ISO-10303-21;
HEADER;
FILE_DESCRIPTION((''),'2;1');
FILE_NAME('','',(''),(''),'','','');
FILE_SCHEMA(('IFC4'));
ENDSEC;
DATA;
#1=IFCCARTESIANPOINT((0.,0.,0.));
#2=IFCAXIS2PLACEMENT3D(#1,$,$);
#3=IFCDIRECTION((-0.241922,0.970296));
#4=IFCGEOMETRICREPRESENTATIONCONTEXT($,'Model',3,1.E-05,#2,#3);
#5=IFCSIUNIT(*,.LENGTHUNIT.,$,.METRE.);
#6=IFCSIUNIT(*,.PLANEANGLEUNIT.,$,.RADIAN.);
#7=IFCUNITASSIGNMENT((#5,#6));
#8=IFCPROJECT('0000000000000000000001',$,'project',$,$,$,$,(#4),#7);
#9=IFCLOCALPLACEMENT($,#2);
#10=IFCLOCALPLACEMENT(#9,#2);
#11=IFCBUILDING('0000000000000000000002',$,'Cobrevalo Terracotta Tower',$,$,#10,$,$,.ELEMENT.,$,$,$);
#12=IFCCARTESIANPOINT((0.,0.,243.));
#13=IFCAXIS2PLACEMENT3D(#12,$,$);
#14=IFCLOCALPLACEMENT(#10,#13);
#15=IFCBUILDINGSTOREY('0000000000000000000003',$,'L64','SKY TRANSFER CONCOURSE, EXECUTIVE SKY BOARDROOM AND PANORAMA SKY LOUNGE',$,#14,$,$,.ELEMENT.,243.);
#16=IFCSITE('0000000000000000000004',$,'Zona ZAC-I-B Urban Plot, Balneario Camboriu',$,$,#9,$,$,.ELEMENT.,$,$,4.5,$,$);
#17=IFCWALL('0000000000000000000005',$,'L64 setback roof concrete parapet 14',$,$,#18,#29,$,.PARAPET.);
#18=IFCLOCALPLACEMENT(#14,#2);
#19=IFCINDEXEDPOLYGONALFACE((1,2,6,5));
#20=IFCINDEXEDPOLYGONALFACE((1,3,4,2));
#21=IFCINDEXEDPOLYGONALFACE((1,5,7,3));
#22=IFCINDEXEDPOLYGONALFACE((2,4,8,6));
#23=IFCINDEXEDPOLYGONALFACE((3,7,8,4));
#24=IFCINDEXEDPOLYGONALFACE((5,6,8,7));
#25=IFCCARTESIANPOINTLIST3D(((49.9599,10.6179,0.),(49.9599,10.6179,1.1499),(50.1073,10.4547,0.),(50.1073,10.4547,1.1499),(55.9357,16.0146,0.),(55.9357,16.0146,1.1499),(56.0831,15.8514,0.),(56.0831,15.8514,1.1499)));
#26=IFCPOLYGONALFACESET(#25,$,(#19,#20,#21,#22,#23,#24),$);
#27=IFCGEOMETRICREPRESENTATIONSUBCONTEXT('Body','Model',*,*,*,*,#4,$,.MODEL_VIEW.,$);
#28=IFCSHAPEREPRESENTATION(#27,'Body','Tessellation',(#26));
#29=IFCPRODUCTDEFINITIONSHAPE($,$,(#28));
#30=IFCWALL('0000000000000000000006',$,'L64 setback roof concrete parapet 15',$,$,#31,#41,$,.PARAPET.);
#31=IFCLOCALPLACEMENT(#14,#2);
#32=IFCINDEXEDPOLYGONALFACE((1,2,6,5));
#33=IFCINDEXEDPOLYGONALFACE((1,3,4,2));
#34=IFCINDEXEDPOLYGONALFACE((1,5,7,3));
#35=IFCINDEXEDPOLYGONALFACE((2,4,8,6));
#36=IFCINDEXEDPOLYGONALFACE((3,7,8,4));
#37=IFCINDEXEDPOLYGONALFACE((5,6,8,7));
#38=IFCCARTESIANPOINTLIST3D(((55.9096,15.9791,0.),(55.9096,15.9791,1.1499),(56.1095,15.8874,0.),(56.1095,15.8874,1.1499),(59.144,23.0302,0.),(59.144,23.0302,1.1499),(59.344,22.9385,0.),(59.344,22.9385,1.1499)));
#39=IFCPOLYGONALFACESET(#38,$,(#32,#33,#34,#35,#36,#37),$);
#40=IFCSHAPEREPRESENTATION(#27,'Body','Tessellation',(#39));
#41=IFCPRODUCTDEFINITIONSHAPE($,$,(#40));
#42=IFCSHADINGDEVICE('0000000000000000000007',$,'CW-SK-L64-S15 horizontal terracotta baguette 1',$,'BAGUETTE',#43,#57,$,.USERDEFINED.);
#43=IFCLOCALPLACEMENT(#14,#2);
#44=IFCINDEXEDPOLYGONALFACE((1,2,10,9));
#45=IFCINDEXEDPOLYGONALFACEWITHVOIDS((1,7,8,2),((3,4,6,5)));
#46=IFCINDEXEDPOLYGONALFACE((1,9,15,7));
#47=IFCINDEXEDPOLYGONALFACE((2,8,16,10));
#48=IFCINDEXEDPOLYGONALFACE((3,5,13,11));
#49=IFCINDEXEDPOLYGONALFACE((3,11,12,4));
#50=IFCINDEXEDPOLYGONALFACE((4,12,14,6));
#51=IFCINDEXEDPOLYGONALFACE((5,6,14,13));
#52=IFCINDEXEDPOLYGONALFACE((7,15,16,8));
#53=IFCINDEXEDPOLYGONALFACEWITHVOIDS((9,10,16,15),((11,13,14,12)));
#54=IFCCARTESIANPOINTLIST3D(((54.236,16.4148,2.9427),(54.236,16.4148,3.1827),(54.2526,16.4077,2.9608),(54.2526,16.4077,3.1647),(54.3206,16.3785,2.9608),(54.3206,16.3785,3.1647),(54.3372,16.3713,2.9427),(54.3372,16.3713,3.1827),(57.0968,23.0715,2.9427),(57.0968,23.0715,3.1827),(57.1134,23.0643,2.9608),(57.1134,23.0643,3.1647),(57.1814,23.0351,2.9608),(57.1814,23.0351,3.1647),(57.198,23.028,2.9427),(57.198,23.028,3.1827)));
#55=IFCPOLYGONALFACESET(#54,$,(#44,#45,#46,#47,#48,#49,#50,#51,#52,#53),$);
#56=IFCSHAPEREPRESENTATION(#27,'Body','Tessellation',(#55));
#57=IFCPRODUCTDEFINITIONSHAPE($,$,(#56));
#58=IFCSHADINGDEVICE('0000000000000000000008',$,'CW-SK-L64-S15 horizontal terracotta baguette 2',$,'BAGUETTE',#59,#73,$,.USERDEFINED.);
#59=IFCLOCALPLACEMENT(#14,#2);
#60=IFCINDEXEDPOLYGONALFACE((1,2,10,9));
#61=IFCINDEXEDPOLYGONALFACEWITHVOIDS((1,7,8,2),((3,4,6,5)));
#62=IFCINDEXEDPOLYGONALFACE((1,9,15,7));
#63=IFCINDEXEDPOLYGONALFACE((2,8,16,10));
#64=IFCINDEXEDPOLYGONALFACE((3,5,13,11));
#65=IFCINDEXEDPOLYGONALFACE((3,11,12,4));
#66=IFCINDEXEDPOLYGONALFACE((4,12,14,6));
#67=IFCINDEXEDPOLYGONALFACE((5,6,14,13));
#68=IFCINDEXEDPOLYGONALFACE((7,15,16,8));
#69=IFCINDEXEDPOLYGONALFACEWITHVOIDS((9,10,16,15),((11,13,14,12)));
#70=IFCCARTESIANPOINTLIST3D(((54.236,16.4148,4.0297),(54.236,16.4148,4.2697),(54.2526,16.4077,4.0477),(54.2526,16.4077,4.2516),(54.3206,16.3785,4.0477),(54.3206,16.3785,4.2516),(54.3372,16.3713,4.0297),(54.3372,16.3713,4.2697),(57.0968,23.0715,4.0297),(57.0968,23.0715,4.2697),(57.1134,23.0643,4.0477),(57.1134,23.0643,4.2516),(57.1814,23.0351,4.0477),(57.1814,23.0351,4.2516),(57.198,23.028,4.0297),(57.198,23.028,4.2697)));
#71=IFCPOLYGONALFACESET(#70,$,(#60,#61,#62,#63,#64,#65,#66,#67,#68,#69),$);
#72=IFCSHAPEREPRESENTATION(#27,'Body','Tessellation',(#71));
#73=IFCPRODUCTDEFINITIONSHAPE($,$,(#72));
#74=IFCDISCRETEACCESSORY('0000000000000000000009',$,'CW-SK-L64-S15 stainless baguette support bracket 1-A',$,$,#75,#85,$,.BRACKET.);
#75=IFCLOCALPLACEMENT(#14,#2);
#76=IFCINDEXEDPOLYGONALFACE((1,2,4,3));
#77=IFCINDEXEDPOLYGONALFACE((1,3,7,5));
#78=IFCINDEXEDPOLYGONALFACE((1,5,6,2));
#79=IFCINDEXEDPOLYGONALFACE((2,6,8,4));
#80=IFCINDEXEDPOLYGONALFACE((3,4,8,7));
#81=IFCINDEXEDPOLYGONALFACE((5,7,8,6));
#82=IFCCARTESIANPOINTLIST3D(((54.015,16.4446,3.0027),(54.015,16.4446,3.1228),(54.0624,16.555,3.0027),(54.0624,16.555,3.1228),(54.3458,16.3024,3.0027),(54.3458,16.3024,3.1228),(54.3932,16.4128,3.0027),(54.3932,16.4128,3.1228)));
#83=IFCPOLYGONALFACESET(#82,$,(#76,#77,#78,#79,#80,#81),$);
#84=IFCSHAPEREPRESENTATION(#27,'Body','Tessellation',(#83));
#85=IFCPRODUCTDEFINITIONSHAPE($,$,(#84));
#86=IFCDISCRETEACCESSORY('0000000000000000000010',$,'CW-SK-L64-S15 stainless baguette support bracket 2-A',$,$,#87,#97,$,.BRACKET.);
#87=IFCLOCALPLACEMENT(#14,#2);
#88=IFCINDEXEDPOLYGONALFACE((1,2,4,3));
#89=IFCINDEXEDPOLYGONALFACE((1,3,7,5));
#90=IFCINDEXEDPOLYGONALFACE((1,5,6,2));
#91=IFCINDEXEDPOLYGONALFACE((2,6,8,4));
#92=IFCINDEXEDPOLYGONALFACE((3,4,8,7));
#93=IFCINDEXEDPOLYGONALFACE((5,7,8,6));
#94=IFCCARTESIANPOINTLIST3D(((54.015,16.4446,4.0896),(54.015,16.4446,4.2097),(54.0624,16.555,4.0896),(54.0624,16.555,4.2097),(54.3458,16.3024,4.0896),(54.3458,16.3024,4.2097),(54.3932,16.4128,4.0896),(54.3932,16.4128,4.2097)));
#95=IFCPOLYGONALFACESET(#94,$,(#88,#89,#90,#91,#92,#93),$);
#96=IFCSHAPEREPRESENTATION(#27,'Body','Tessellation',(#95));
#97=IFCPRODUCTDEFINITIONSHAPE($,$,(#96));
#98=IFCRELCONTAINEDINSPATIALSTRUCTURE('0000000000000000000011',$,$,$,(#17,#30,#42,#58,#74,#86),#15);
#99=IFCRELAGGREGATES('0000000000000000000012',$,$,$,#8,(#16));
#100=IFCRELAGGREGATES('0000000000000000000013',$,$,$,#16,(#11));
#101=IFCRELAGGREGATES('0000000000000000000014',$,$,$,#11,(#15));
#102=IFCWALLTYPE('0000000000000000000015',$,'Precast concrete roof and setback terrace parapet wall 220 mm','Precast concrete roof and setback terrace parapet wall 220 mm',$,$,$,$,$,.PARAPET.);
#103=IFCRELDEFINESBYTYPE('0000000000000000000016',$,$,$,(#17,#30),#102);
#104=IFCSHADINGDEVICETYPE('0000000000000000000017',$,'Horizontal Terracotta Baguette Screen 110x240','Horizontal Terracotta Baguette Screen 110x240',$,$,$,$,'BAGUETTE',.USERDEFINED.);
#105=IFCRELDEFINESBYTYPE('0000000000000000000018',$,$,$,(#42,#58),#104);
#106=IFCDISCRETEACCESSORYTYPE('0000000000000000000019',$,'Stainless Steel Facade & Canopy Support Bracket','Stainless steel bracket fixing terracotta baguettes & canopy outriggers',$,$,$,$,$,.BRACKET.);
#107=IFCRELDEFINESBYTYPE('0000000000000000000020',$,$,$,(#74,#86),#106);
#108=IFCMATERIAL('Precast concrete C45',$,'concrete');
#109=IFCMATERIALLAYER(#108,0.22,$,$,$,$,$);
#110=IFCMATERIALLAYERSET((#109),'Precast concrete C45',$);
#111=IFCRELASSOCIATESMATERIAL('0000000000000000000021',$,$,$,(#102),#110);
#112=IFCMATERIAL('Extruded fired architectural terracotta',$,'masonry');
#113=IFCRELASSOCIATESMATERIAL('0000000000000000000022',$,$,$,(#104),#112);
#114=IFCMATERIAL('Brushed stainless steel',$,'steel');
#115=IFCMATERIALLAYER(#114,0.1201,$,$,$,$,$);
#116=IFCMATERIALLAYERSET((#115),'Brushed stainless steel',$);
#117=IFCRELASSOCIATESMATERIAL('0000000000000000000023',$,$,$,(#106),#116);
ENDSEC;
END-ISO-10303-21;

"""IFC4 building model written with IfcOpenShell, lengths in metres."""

from ifc_helpers import new_model, si_unit, direction, frame, frame_2d, origin, origin_2d, place, context, subcontext, project, spatial, rectangle, hollow_rectangle, extrude, source, transform, mapped, material, layer, layer_set, material_profile, profile_set, type_object, element, save


model = new_model("IFC4")

# Units and contexts
model_context = context("Model", 3, precision=1e-05, world=origin(), true_north=direction((-0.241922, 0.970296)))
body_context = subcontext(model_context, "Body", "Model", "MODEL_VIEW")
ifc_project = project(units=[si_unit("LENGTHUNIT", "METRE"), si_unit("PLANEANGLEUNIT", "RADIAN")], contexts=[model_context])

# Site, building, storey
site_placement = place(None, origin())
site = spatial("IfcSite", under=ifc_project, at=site_placement, Name="Zona ZAC-I-B Urban Plot, Balneario Camboriu", CompositionType="ELEMENT", RefElevation=4.5)
building_placement = place(site_placement, origin())
building = spatial("IfcBuilding", under=site, at=building_placement, Name="Cobrevalo Terracotta Tower", CompositionType="ELEMENT")
storey_placement = place(building_placement, frame((0.0, 0.0, 243.0)))
storey = spatial("IfcBuildingStorey", under=building, at=storey_placement, Name="L64", Description="SKY TRANSFER CONCOURSE, EXECUTIVE SKY BOARDROOM AND PANORAMA SKY LOUNGE", CompositionType="ELEMENT", Elevation=243.0)

# Walls
ifc_material_1 = material(Name="Precast concrete C45", Category="concrete")
ifc_layer_1 = layer(ifc_material_1, 0.22)
ifc_layer_set_1 = layer_set([ifc_layer_1], Name="Precast concrete C45")
wall_type_1 = type_object("IfcWallType", Name="Precast concrete roof and setback terrace parapet wall 220 mm", Description="Precast concrete roof and setback terrace parapet wall 220 mm", PredefinedType="PARAPET", material=ifc_layer_set_1)
wall_1_placement = place(storey_placement, frame((50.0337, 10.5364, 0.0), z_axis=(0.0, 0.0, 1.0), x_axis=(0.742152, 0.670232, 0.0)))
element("IfcWall", 1, at=wall_1_placement, inside=storey, type_object=wall_type_1, Name="L64 setback roof concrete parapet 14", PredefinedType="PARAPET", context=body_context, shape_type="SweptSolid", body=[
    extrude(rectangle(XDim=8.052, YDim=0.22, at=frame_2d((4.0259, 0.0))), origin(), (0.0, 0.0, 1.0), 1.1499),
])
wall_2_placement = place(storey_placement, frame((56.0095, 15.9331, 0.0), z_axis=(0.0, 0.0, 1.0), x_axis=(0.416938, 0.908935, 0.0)))
element("IfcWall", 2, at=wall_2_placement, inside=storey, type_object=wall_type_1, Name="L64 setback roof concrete parapet 15", PredefinedType="PARAPET", context=body_context, shape_type="SweptSolid", body=[
    extrude(rectangle(XDim=7.7576, YDim=0.22, at=frame_2d((3.8789, 0.0))), origin(), (0.0, 0.0, 1.0), 1.1499),
])

# Shading devices
ifc_material_2 = material(Name="Extruded fired architectural terracotta", Category="masonry")
ifc_material_profile_1 = material_profile(ifc_material_2, hollow_rectangle(XDim=0.1101, YDim=0.24, WallThickness=0.0181, at=origin_2d()), Name="BAGUETTE 110x240")
ifc_profile_set_1 = profile_set([ifc_material_profile_1], Name="Extruded fired architectural terracotta")
shading_device_type = type_object("IfcShadingDeviceType", Name="Horizontal Terracotta Baguette Screen 110x240", Description="Horizontal Terracotta Baguette Screen 110x240", ElementType="BAGUETTE", PredefinedType="USERDEFINED", material=ifc_profile_set_1)
shared_shape_1 = source(origin(), body_context, "Body", "SweptSolid", [
    extrude(hollow_rectangle(XDim=0.1101, YDim=0.24, WallThickness=0.0181, at=origin_2d()), origin(), (0.0, 0.0, 1.0), 7.2454),
])
for number, where, z_axis, x_axis, name in (
    (3, (54.2866, 16.3931, 3.0627), (0.394846, 0.918747, 0.0), (-0.918747, 0.394846, 0.0), "CW-SK-L64-S15 horizontal terracotta baguette 1"),
    (4, (54.2866, 16.3931, 4.1497), (0.394846, 0.918747, 0.0), (-0.918747, 0.394846, 0.0), "CW-SK-L64-S15 horizontal terracotta baguette 2"),
):
    element("IfcShadingDevice", number, at=place(storey_placement, frame(where, z_axis=z_axis, x_axis=x_axis)), inside=storey, type_object=shading_device_type, Name=name, ObjectType="BAGUETTE", PredefinedType="USERDEFINED", context=body_context, shape_type="MappedRepresentation", body=[
        mapped(shared_shape_1, transform((0.0, 0.0, 0.0), scale=1.0)),
    ])

# Discrete accessories
ifc_material_3 = material(Name="Brushed stainless steel", Category="steel")
ifc_layer_2 = layer(ifc_material_3, 0.1201)
ifc_layer_set_2 = layer_set([ifc_layer_2], Name="Brushed stainless steel")
discrete_accessory_type = type_object("IfcDiscreteAccessoryType", Name="Stainless Steel Facade & Canopy Support Bracket", Description="Stainless steel bracket fixing terracotta baguettes & canopy outriggers", PredefinedType="BRACKET", material=ifc_layer_set_2)
shared_shape_2 = source(origin(), body_context, "Body", "SweptSolid", [
    extrude(rectangle(XDim=0.1201, YDim=0.3601, at=origin_2d()), origin(), (0.0, 0.0, 1.0), 0.1201),
])
for number, where, z_axis, x_axis, name in (
    (5, (54.2041, 16.4287, 3.0027), (0.0, 0.0, 1.0), (0.394829, 0.918755, 0.0), "CW-SK-L64-S15 stainless baguette support bracket 1-A"),
    (6, (54.2041, 16.4287, 4.0896), (0.0, 0.0, 1.0), (0.394829, 0.918755, 0.0), "CW-SK-L64-S15 stainless baguette support bracket 2-A"),
):
    element("IfcDiscreteAccessory", number, at=place(storey_placement, frame(where, z_axis=z_axis, x_axis=x_axis)), inside=storey, type_object=discrete_accessory_type, Name=name, PredefinedType="BRACKET", context=body_context, shape_type="MappedRepresentation", body=[
        mapped(shared_shape_2, transform((0.0, 0.0, 0.0), scale=1.0)),
    ])

save(model, "model.ifc")
